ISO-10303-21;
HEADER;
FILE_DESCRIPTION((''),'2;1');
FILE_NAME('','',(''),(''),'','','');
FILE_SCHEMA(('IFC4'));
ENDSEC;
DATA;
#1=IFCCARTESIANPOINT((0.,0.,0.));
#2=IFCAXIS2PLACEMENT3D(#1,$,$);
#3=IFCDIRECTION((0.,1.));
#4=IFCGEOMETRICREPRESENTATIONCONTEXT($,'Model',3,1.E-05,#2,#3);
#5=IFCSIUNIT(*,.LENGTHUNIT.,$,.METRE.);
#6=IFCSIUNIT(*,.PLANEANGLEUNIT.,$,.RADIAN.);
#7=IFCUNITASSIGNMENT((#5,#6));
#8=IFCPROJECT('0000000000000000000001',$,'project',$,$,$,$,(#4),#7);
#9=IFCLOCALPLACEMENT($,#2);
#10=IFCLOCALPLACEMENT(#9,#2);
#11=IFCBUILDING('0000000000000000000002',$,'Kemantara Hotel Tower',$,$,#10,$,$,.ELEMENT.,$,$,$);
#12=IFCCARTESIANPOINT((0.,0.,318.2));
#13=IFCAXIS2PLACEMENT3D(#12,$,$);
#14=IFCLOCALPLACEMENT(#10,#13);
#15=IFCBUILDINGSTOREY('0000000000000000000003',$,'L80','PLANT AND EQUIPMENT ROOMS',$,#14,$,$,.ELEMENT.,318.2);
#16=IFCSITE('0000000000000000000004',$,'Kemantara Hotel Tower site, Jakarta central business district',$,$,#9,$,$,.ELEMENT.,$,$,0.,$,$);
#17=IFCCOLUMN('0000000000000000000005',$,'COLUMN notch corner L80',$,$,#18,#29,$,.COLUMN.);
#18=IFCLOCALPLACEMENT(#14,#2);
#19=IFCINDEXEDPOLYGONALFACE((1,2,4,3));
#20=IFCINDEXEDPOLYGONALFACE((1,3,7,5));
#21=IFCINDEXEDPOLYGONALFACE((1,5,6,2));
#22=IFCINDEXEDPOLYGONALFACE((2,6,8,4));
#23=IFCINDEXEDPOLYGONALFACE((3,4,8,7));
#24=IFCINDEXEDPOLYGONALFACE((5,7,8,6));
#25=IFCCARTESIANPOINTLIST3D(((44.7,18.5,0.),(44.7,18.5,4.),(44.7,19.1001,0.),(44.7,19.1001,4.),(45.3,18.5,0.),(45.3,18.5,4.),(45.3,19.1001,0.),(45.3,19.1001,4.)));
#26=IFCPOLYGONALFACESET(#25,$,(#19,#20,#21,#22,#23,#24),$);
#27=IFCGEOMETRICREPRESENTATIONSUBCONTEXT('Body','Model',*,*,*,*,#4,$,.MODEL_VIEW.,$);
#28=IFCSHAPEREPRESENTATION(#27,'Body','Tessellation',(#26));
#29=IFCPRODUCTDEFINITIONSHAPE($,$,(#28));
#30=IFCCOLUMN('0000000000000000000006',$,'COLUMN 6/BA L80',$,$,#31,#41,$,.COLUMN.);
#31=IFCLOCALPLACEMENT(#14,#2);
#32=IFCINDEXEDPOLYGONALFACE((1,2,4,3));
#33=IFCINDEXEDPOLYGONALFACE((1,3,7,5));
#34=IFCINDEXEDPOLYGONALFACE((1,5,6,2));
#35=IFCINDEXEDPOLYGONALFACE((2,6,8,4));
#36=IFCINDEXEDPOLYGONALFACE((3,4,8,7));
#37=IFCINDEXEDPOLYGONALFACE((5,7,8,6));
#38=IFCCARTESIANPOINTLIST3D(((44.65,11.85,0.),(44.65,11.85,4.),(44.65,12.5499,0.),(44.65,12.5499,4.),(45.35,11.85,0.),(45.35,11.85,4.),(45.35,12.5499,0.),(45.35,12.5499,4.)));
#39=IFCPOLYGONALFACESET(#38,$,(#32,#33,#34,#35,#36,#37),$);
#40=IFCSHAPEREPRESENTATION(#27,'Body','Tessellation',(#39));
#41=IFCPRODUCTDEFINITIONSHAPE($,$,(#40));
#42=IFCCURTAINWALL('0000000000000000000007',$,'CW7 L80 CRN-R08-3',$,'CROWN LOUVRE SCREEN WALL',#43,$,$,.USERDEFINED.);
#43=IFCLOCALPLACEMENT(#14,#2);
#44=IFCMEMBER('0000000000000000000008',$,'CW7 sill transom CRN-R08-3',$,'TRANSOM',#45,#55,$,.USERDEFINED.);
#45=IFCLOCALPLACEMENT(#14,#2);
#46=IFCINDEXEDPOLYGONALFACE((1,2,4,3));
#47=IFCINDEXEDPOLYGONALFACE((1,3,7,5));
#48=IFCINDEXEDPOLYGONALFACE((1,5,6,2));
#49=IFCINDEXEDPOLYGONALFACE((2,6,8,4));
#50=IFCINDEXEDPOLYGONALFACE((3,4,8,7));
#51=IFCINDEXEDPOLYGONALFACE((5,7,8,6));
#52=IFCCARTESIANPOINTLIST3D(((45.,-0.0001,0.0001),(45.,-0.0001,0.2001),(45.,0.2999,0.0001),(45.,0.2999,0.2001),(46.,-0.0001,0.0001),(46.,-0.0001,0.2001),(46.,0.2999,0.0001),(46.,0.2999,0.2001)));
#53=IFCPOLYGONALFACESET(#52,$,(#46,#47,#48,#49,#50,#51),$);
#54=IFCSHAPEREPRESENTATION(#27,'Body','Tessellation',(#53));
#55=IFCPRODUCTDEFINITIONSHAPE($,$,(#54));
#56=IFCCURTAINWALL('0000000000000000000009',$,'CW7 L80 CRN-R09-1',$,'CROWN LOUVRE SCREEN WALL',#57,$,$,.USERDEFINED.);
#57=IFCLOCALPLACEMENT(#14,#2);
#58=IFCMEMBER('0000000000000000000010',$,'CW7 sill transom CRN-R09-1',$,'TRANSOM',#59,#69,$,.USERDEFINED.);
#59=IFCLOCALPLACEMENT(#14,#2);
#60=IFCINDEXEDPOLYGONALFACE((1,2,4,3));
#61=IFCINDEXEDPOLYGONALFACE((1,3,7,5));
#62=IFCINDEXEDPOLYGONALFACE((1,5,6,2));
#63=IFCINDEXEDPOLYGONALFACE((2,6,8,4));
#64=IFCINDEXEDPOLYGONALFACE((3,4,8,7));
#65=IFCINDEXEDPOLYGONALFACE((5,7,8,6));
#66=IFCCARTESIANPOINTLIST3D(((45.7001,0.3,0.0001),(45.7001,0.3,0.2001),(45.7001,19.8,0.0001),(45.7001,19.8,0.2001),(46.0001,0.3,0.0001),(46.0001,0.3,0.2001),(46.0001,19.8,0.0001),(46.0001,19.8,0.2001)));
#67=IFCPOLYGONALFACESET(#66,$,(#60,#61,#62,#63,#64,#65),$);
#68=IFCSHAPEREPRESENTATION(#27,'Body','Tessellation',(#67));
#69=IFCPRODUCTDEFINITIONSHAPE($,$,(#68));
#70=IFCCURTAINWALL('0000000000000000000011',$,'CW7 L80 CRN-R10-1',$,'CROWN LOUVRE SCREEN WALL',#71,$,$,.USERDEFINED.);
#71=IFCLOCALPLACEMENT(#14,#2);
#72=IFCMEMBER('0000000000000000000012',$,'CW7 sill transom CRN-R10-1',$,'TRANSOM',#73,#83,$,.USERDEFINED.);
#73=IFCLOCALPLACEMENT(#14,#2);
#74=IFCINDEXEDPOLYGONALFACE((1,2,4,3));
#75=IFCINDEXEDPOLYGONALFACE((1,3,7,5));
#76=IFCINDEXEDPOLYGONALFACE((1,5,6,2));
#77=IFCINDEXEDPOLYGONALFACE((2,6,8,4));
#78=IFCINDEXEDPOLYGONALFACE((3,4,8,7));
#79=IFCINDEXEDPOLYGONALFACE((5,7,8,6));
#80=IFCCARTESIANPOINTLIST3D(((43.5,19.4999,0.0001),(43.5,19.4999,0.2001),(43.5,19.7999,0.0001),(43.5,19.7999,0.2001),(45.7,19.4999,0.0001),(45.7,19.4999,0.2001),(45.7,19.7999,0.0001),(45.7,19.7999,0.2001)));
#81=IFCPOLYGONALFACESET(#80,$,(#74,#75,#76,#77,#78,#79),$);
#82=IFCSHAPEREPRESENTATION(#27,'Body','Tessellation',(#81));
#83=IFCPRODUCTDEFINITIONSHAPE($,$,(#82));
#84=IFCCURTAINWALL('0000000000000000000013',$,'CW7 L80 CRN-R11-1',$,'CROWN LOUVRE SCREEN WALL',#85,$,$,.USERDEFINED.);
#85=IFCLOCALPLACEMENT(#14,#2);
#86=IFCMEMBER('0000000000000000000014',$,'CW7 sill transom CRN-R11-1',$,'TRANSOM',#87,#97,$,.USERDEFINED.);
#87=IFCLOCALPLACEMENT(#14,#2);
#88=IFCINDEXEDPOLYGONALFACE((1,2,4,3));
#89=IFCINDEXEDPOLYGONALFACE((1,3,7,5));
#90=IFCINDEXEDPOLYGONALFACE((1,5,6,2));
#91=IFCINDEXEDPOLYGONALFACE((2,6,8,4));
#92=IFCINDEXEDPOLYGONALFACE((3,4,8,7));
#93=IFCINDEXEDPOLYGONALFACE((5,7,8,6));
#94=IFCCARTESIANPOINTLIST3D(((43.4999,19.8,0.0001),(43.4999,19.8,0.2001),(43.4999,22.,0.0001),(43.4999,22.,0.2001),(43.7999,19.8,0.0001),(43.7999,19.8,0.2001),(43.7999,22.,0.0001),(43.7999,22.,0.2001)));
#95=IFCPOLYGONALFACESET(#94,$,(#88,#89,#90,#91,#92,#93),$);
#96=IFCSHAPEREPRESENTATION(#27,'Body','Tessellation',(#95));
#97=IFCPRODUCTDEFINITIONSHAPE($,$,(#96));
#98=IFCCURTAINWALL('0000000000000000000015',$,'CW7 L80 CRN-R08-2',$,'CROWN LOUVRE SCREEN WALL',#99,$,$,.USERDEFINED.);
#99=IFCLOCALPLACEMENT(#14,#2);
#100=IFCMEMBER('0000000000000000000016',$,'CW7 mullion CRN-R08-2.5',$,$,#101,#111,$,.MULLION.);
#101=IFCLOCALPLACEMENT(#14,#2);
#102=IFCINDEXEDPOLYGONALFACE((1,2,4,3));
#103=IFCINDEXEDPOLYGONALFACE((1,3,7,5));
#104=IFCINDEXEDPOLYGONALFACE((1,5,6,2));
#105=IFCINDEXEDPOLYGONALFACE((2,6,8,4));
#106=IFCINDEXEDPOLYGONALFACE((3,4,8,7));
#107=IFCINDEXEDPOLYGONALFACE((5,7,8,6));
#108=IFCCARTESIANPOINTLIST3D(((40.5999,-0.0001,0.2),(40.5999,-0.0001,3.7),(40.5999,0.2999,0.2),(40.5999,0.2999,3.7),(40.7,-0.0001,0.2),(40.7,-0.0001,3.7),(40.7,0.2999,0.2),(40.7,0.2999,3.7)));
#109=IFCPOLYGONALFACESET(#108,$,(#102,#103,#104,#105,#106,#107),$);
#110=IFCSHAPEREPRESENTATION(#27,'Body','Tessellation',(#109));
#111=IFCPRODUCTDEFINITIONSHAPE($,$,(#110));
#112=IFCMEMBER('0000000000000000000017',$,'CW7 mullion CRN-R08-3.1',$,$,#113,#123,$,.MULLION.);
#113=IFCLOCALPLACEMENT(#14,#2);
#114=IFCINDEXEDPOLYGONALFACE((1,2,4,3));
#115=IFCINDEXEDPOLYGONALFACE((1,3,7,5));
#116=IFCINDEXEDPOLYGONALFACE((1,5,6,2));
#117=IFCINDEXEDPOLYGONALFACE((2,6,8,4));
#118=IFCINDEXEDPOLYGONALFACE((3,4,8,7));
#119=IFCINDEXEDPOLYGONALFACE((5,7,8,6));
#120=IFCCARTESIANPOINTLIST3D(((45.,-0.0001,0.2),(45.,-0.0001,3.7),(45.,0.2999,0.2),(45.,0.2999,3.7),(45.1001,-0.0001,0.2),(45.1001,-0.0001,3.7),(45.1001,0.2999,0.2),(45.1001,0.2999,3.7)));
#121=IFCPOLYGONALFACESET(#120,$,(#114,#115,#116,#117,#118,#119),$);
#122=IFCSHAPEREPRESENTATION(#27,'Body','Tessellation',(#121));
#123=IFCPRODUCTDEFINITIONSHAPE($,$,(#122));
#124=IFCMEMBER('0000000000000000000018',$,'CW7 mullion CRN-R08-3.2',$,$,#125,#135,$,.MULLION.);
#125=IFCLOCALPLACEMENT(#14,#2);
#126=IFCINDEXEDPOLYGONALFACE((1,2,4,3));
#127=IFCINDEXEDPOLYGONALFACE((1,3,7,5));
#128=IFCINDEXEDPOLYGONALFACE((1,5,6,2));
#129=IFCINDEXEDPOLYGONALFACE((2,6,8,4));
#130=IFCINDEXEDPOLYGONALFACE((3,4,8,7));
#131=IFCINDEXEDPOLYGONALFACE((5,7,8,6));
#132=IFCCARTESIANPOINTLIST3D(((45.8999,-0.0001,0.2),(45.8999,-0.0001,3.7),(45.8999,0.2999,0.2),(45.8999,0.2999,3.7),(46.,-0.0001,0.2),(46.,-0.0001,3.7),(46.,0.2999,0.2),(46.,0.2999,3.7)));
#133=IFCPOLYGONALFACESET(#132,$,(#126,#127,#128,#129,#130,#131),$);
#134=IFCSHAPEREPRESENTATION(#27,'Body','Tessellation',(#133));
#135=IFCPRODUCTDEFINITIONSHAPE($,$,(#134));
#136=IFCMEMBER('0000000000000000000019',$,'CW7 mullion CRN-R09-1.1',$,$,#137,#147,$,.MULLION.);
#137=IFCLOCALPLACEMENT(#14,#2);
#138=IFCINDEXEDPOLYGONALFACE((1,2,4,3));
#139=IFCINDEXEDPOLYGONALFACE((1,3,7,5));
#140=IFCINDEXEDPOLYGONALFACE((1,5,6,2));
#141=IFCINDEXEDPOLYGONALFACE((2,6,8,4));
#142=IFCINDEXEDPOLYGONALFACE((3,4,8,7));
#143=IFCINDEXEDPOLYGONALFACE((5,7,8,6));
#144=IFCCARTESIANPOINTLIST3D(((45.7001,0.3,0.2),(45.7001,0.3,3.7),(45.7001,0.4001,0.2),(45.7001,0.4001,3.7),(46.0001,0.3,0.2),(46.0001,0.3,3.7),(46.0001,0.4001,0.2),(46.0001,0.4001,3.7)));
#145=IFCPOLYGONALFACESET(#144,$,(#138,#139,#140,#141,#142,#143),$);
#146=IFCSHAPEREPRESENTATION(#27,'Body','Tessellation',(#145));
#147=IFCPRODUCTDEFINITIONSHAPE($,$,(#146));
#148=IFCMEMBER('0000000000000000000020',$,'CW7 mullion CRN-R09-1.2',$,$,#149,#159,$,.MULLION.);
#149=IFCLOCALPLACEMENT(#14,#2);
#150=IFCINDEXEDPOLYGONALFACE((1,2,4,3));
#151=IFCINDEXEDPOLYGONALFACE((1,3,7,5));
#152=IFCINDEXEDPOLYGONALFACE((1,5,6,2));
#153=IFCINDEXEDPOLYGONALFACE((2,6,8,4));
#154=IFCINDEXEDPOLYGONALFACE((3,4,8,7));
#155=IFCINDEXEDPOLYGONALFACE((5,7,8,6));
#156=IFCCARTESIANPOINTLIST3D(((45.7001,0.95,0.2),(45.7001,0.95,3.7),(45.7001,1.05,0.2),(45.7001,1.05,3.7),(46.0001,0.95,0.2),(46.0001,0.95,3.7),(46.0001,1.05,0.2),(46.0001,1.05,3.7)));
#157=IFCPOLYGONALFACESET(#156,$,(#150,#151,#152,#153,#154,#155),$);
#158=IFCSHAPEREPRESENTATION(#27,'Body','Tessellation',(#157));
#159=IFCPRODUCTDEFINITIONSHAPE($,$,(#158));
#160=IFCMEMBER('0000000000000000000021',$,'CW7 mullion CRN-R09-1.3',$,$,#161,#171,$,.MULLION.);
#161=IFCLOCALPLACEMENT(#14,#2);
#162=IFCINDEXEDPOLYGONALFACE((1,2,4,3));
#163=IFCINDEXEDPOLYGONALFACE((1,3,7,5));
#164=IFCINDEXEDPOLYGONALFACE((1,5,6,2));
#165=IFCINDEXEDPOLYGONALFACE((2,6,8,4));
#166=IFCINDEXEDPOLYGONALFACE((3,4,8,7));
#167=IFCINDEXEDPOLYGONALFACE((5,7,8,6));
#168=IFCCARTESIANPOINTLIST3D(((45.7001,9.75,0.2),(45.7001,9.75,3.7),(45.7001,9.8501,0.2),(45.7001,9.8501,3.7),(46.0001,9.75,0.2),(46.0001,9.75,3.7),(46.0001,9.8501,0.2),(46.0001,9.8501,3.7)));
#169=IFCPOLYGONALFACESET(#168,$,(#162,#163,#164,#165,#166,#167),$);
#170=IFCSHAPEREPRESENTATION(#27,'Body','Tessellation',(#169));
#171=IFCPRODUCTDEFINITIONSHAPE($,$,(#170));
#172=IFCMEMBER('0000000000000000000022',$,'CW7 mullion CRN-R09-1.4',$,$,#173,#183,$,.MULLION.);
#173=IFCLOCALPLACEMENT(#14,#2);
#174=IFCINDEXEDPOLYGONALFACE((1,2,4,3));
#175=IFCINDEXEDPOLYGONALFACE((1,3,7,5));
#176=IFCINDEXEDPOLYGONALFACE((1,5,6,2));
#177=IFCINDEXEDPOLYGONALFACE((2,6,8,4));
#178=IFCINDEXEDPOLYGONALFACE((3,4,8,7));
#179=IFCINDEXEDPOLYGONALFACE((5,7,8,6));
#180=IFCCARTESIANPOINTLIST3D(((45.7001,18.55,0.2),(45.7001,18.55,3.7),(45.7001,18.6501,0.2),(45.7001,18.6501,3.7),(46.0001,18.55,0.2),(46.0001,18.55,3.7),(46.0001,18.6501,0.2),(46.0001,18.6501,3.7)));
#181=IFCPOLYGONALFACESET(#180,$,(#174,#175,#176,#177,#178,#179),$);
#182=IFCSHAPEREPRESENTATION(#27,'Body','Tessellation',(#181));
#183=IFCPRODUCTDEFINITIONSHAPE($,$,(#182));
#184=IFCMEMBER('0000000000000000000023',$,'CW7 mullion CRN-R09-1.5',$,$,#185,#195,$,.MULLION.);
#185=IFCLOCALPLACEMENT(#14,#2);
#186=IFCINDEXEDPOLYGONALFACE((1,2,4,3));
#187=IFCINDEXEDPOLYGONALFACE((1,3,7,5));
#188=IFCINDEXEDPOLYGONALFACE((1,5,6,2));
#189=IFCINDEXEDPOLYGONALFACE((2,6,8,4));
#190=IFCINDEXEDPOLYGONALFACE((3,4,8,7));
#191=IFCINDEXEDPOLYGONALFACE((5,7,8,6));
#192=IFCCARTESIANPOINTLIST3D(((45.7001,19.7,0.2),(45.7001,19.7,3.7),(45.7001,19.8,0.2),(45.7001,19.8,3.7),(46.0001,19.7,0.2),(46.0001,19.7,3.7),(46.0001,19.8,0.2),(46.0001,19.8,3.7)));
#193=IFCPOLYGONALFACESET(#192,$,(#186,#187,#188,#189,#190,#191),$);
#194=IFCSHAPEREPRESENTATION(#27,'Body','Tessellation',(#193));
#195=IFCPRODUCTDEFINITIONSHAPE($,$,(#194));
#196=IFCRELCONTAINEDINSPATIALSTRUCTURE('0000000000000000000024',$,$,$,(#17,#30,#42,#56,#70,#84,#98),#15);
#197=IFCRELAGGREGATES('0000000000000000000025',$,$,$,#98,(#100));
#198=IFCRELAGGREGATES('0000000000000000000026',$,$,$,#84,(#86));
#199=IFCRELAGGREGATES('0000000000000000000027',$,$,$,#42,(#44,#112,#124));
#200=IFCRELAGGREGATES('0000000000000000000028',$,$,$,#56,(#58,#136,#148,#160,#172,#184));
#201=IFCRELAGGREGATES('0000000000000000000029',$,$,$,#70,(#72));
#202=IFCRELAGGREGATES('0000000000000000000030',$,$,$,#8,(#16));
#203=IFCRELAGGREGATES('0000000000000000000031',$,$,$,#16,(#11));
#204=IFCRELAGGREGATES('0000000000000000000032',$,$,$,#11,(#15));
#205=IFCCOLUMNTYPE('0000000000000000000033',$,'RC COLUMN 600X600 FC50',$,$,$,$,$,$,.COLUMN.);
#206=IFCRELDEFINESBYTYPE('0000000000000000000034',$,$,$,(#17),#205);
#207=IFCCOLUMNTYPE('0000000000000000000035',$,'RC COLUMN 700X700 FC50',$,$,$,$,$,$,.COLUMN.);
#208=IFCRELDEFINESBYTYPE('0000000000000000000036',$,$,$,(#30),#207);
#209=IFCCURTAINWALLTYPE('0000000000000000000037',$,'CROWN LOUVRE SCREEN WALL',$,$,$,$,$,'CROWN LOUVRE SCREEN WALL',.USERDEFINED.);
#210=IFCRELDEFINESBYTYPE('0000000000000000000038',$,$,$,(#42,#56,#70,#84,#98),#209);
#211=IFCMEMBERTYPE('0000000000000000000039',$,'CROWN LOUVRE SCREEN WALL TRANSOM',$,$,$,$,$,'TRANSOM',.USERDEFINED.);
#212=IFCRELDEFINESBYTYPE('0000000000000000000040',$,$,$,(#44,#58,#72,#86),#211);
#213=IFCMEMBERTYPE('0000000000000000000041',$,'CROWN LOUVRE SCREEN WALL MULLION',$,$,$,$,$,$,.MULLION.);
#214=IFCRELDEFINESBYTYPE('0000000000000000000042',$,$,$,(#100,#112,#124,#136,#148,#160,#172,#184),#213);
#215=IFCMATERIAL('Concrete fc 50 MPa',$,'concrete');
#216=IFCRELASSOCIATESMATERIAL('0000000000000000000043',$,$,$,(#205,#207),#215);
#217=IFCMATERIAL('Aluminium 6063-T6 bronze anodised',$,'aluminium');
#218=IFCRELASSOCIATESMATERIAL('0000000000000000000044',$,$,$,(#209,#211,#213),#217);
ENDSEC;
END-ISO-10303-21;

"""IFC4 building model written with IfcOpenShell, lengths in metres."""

from ifc_helpers import new_model, si_unit, direction, frame, origin, origin_2d, place, context, subcontext, project, spatial, rectangle, extrude, source, transform, mapped, material, material_profile, profile_set, type_object, element, aggregate, save


model = new_model("IFC4")

# Units and contexts
model_context = context("Model", 3, precision=1e-05, world=origin(), true_north=direction((0.0, 1.0)))
body_context = subcontext(model_context, "Body", "Model", "MODEL_VIEW")
ifc_project = project(units=[si_unit("LENGTHUNIT", "METRE"), si_unit("PLANEANGLEUNIT", "RADIAN")], contexts=[model_context])

# Site, building, storey
site_placement = place(None, origin())
site = spatial("IfcSite", under=ifc_project, at=site_placement, Name="Kemantara Hotel Tower site, Jakarta central business district", CompositionType="ELEMENT", RefElevation=0.0)
building_placement = place(site_placement, origin())
building = spatial("IfcBuilding", under=site, at=building_placement, Name="Kemantara Hotel Tower", CompositionType="ELEMENT")
storey_placement = place(building_placement, frame((0.0, 0.0, 318.2)))
storey = spatial("IfcBuildingStorey", under=building, at=storey_placement, Name="L80", Description="PLANT AND EQUIPMENT ROOMS", CompositionType="ELEMENT", Elevation=318.2)

# Columns
ifc_material_1 = material(Name="Concrete fc 50 MPa", Category="concrete")
ifc_material_profile_1 = material_profile(ifc_material_1, rectangle(XDim=0.6001, YDim=0.6001, at=origin_2d()), Name="RC 600X600")
ifc_profile_set_1 = profile_set([ifc_material_profile_1], Name="Concrete fc 50 MPa")
column_type_1 = type_object("IfcColumnType", Name="RC COLUMN 600X600 FC50", PredefinedType="COLUMN", material=ifc_profile_set_1)
column_1_placement = place(storey_placement, frame((45.0, 18.8, 0.0), z_axis=(0.0, 0.0, 1.0), x_axis=(1.0, 0.0, 0.0)))
element("IfcColumn", 1, at=column_1_placement, inside=storey, type_object=column_type_1, Name="COLUMN notch corner L80", PredefinedType="COLUMN", context=body_context, shape_type="SweptSolid", body=[
    extrude(rectangle(XDim=0.6001, YDim=0.6001, at=origin_2d()), origin(), (0.0, 0.0, 1.0), 4.0),
])
ifc_material_profile_2 = material_profile(ifc_material_1, rectangle(XDim=0.7, YDim=0.7, at=origin_2d()), Name="RC 700X700")
ifc_profile_set_2 = profile_set([ifc_material_profile_2], Name="Concrete fc 50 MPa")
column_type_2 = type_object("IfcColumnType", Name="RC COLUMN 700X700 FC50", PredefinedType="COLUMN", material=ifc_profile_set_2)
column_2_placement = place(storey_placement, frame((45.0, 12.2, 0.0), z_axis=(0.0, 0.0, 1.0), x_axis=(1.0, 0.0, 0.0)))
element("IfcColumn", 2, at=column_2_placement, inside=storey, type_object=column_type_2, Name="COLUMN 6/BA L80", PredefinedType="COLUMN", context=body_context, shape_type="SweptSolid", body=[
    extrude(rectangle(XDim=0.7, YDim=0.7, at=origin_2d()), origin(), (0.0, 0.0, 1.0), 4.0),
])

# Curtain walls, members
ifc_material_2 = material(Name="Aluminium 6063-T6 bronze anodised", Category="aluminium")
curtain_wall_type = type_object("IfcCurtainWallType", Name="CROWN LOUVRE SCREEN WALL", ElementType="CROWN LOUVRE SCREEN WALL", PredefinedType="USERDEFINED", material=ifc_material_2)
curtain_wall_1_placement = place(storey_placement, origin())
curtain_wall_1 = element("IfcCurtainWall", 3, at=curtain_wall_1_placement, inside=storey, type_object=curtain_wall_type, Name="CW7 L80 CRN-R08-3", ObjectType="CROWN LOUVRE SCREEN WALL", PredefinedType="USERDEFINED")
ifc_material_profile_3 = material_profile(ifc_material_2, rectangle(XDim=0.3, YDim=0.2, at=origin_2d()), Name="CROWN LOUVRE SCREEN WALL TRANSOM")
ifc_profile_set_3 = profile_set([ifc_material_profile_3], Name="Aluminium 6063-T6 bronze anodised")
member_type_1 = type_object("IfcMemberType", Name="CROWN LOUVRE SCREEN WALL TRANSOM", ElementType="TRANSOM", PredefinedType="USERDEFINED", material=ifc_profile_set_3)
member_1_placement = place(storey_placement, frame((45.0, 0.1499, 0.1001), z_axis=(1.0, 0.0, 0.0), x_axis=(0.0, 1.0, 0.0)))
member_1 = element("IfcMember", 4, at=member_1_placement, type_object=member_type_1, Name="CW7 sill transom CRN-R08-3", ObjectType="TRANSOM", PredefinedType="USERDEFINED", context=body_context, shape_type="SweptSolid", body=[
    extrude(rectangle(XDim=0.3, YDim=0.2, at=origin_2d()), origin(), (0.0, 0.0, 1.0), 1.0),
])
curtain_wall_2_placement = place(storey_placement, origin())
curtain_wall_2 = element("IfcCurtainWall", 5, at=curtain_wall_2_placement, inside=storey, type_object=curtain_wall_type, Name="CW7 L80 CRN-R09-1", ObjectType="CROWN LOUVRE SCREEN WALL", PredefinedType="USERDEFINED")
member_2_placement = place(storey_placement, frame((45.8501, 0.3, 0.1001), z_axis=(0.0, 1.0, 0.0), x_axis=(-1.0, 0.0, 0.0)))
member_2 = element("IfcMember", 6, at=member_2_placement, type_object=member_type_1, Name="CW7 sill transom CRN-R09-1", ObjectType="TRANSOM", PredefinedType="USERDEFINED", context=body_context, shape_type="SweptSolid", body=[
    extrude(rectangle(XDim=0.3, YDim=0.2, at=origin_2d()), origin(), (0.0, 0.0, 1.0), 19.5),
])
curtain_wall_3_placement = place(storey_placement, origin())
curtain_wall_3 = element("IfcCurtainWall", 7, at=curtain_wall_3_placement, inside=storey, type_object=curtain_wall_type, Name="CW7 L80 CRN-R10-1", ObjectType="CROWN LOUVRE SCREEN WALL", PredefinedType="USERDEFINED")
member_3_placement = place(storey_placement, frame((45.7, 19.6499, 0.1001), z_axis=(-1.0, 0.0, 0.0), x_axis=(0.0, -1.0, 0.0)))
member_3 = element("IfcMember", 8, at=member_3_placement, type_object=member_type_1, Name="CW7 sill transom CRN-R10-1", ObjectType="TRANSOM", PredefinedType="USERDEFINED", context=body_context, shape_type="SweptSolid", body=[
    extrude(rectangle(XDim=0.3, YDim=0.2, at=origin_2d()), origin(), (0.0, 0.0, 1.0), 2.2),
])
curtain_wall_4_placement = place(storey_placement, origin())
curtain_wall_4 = element("IfcCurtainWall", 9, at=curtain_wall_4_placement, inside=storey, type_object=curtain_wall_type, Name="CW7 L80 CRN-R11-1", ObjectType="CROWN LOUVRE SCREEN WALL", PredefinedType="USERDEFINED")
member_4_placement = place(storey_placement, frame((43.6499, 19.8, 0.1001), z_axis=(0.0, 1.0, 0.0), x_axis=(-1.0, 0.0, 0.0)))
member_4 = element("IfcMember", 10, at=member_4_placement, type_object=member_type_1, Name="CW7 sill transom CRN-R11-1", ObjectType="TRANSOM", PredefinedType="USERDEFINED", context=body_context, shape_type="SweptSolid", body=[
    extrude(rectangle(XDim=0.3, YDim=0.2, at=origin_2d()), origin(), (0.0, 0.0, 1.0), 2.2),
])
curtain_wall_5_placement = place(storey_placement, origin())
curtain_wall_5 = element("IfcCurtainWall", 11, at=curtain_wall_5_placement, inside=storey, type_object=curtain_wall_type, Name="CW7 L80 CRN-R08-2", ObjectType="CROWN LOUVRE SCREEN WALL", PredefinedType="USERDEFINED")
ifc_material_profile_4 = material_profile(ifc_material_2, rectangle(XDim=0.3, YDim=0.1001, at=origin_2d()), Name="CROWN LOUVRE SCREEN WALL MULLION")
ifc_profile_set_4 = profile_set([ifc_material_profile_4], Name="Aluminium 6063-T6 bronze anodised")
member_type_2 = type_object("IfcMemberType", Name="CROWN LOUVRE SCREEN WALL MULLION", PredefinedType="MULLION", material=ifc_profile_set_4)
shared_shape_1 = source(origin(), body_context, "Body", "SweptSolid", [
    extrude(rectangle(XDim=0.3, YDim=0.1001, at=origin_2d()), origin(), (0.0, 0.0, 1.0), 3.5),
])
member_5_placement = place(storey_placement, frame((40.6499, 0.1499, 0.2), z_axis=(0.0, 0.0, 1.0), x_axis=(0.0, 1.0, 0.0)))
member_5 = element("IfcMember", 12, at=member_5_placement, type_object=member_type_2, Name="CW7 mullion CRN-R08-2.5", PredefinedType="MULLION", context=body_context, shape_type="MappedRepresentation", body=[
    mapped(shared_shape_1, transform((0.0, 0.0, 0.0))),
])
aggregate(curtain_wall_5, [member_5])

# Members
member_6_placement = place(storey_placement, frame((45.05, 0.1499, 0.2), z_axis=(0.0, 0.0, 1.0), x_axis=(0.0, 1.0, 0.0)))
member_6 = element("IfcMember", 13, at=member_6_placement, type_object=member_type_2, Name="CW7 mullion CRN-R08-3.1", PredefinedType="MULLION", context=body_context, shape_type="MappedRepresentation", body=[
    mapped(shared_shape_1, transform((0.0, 0.0, 0.0))),
])
member_7_placement = place(storey_placement, frame((45.95, 0.1499, 0.2), z_axis=(0.0, 0.0, 1.0), x_axis=(0.0, 1.0, 0.0)))
member_7 = element("IfcMember", 14, at=member_7_placement, type_object=member_type_2, Name="CW7 mullion CRN-R08-3.2", PredefinedType="MULLION", context=body_context, shape_type="MappedRepresentation", body=[
    mapped(shared_shape_1, transform((0.0, 0.0, 0.0))),
])
member_8_placement = place(storey_placement, frame((45.8501, 0.3501, 0.2), z_axis=(0.0, 0.0, 1.0), x_axis=(-1.0, 0.0, 0.0)))
member_8 = element("IfcMember", 15, at=member_8_placement, type_object=member_type_2, Name="CW7 mullion CRN-R09-1.1", PredefinedType="MULLION", context=body_context, shape_type="MappedRepresentation", body=[
    mapped(shared_shape_1, transform((0.0, 0.0, 0.0))),
])
member_9_placement = place(storey_placement, frame((45.8501, 1.0, 0.2), z_axis=(0.0, 0.0, 1.0), x_axis=(-1.0, 0.0, 0.0)))
member_9 = element("IfcMember", 16, at=member_9_placement, type_object=member_type_2, Name="CW7 mullion CRN-R09-1.2", PredefinedType="MULLION", context=body_context, shape_type="MappedRepresentation", body=[
    mapped(shared_shape_1, transform((0.0, 0.0, 0.0))),
])
member_10_placement = place(storey_placement, frame((45.8501, 9.8, 0.2), z_axis=(0.0, 0.0, 1.0), x_axis=(-1.0, 0.0, 0.0)))
member_10 = element("IfcMember", 17, at=member_10_placement, type_object=member_type_2, Name="CW7 mullion CRN-R09-1.3", PredefinedType="MULLION", context=body_context, shape_type="MappedRepresentation", body=[
    mapped(shared_shape_1, transform((0.0, 0.0, 0.0))),
])
member_11_placement = place(storey_placement, frame((45.8501, 18.6001, 0.2), z_axis=(0.0, 0.0, 1.0), x_axis=(-1.0, 0.0, 0.0)))
member_11 = element("IfcMember", 18, at=member_11_placement, type_object=member_type_2, Name="CW7 mullion CRN-R09-1.4", PredefinedType="MULLION", context=body_context, shape_type="MappedRepresentation", body=[
    mapped(shared_shape_1, transform((0.0, 0.0, 0.0))),
])
member_12_placement = place(storey_placement, frame((45.8501, 19.75, 0.2), z_axis=(0.0, 0.0, 1.0), x_axis=(-1.0, 0.0, 0.0)))
member_12 = element("IfcMember", 19, at=member_12_placement, type_object=member_type_2, Name="CW7 mullion CRN-R09-1.5", PredefinedType="MULLION", context=body_context, shape_type="MappedRepresentation", body=[
    mapped(shared_shape_1, transform((0.0, 0.0, 0.0))),
])
aggregate(curtain_wall_4, [member_4])

aggregate(curtain_wall_1, [member_1, member_6, member_7])
aggregate(curtain_wall_2, [member_2, member_8, member_9, member_10, member_11, member_12])
aggregate(curtain_wall_3, [member_3])

save(model, "model.ifc")
